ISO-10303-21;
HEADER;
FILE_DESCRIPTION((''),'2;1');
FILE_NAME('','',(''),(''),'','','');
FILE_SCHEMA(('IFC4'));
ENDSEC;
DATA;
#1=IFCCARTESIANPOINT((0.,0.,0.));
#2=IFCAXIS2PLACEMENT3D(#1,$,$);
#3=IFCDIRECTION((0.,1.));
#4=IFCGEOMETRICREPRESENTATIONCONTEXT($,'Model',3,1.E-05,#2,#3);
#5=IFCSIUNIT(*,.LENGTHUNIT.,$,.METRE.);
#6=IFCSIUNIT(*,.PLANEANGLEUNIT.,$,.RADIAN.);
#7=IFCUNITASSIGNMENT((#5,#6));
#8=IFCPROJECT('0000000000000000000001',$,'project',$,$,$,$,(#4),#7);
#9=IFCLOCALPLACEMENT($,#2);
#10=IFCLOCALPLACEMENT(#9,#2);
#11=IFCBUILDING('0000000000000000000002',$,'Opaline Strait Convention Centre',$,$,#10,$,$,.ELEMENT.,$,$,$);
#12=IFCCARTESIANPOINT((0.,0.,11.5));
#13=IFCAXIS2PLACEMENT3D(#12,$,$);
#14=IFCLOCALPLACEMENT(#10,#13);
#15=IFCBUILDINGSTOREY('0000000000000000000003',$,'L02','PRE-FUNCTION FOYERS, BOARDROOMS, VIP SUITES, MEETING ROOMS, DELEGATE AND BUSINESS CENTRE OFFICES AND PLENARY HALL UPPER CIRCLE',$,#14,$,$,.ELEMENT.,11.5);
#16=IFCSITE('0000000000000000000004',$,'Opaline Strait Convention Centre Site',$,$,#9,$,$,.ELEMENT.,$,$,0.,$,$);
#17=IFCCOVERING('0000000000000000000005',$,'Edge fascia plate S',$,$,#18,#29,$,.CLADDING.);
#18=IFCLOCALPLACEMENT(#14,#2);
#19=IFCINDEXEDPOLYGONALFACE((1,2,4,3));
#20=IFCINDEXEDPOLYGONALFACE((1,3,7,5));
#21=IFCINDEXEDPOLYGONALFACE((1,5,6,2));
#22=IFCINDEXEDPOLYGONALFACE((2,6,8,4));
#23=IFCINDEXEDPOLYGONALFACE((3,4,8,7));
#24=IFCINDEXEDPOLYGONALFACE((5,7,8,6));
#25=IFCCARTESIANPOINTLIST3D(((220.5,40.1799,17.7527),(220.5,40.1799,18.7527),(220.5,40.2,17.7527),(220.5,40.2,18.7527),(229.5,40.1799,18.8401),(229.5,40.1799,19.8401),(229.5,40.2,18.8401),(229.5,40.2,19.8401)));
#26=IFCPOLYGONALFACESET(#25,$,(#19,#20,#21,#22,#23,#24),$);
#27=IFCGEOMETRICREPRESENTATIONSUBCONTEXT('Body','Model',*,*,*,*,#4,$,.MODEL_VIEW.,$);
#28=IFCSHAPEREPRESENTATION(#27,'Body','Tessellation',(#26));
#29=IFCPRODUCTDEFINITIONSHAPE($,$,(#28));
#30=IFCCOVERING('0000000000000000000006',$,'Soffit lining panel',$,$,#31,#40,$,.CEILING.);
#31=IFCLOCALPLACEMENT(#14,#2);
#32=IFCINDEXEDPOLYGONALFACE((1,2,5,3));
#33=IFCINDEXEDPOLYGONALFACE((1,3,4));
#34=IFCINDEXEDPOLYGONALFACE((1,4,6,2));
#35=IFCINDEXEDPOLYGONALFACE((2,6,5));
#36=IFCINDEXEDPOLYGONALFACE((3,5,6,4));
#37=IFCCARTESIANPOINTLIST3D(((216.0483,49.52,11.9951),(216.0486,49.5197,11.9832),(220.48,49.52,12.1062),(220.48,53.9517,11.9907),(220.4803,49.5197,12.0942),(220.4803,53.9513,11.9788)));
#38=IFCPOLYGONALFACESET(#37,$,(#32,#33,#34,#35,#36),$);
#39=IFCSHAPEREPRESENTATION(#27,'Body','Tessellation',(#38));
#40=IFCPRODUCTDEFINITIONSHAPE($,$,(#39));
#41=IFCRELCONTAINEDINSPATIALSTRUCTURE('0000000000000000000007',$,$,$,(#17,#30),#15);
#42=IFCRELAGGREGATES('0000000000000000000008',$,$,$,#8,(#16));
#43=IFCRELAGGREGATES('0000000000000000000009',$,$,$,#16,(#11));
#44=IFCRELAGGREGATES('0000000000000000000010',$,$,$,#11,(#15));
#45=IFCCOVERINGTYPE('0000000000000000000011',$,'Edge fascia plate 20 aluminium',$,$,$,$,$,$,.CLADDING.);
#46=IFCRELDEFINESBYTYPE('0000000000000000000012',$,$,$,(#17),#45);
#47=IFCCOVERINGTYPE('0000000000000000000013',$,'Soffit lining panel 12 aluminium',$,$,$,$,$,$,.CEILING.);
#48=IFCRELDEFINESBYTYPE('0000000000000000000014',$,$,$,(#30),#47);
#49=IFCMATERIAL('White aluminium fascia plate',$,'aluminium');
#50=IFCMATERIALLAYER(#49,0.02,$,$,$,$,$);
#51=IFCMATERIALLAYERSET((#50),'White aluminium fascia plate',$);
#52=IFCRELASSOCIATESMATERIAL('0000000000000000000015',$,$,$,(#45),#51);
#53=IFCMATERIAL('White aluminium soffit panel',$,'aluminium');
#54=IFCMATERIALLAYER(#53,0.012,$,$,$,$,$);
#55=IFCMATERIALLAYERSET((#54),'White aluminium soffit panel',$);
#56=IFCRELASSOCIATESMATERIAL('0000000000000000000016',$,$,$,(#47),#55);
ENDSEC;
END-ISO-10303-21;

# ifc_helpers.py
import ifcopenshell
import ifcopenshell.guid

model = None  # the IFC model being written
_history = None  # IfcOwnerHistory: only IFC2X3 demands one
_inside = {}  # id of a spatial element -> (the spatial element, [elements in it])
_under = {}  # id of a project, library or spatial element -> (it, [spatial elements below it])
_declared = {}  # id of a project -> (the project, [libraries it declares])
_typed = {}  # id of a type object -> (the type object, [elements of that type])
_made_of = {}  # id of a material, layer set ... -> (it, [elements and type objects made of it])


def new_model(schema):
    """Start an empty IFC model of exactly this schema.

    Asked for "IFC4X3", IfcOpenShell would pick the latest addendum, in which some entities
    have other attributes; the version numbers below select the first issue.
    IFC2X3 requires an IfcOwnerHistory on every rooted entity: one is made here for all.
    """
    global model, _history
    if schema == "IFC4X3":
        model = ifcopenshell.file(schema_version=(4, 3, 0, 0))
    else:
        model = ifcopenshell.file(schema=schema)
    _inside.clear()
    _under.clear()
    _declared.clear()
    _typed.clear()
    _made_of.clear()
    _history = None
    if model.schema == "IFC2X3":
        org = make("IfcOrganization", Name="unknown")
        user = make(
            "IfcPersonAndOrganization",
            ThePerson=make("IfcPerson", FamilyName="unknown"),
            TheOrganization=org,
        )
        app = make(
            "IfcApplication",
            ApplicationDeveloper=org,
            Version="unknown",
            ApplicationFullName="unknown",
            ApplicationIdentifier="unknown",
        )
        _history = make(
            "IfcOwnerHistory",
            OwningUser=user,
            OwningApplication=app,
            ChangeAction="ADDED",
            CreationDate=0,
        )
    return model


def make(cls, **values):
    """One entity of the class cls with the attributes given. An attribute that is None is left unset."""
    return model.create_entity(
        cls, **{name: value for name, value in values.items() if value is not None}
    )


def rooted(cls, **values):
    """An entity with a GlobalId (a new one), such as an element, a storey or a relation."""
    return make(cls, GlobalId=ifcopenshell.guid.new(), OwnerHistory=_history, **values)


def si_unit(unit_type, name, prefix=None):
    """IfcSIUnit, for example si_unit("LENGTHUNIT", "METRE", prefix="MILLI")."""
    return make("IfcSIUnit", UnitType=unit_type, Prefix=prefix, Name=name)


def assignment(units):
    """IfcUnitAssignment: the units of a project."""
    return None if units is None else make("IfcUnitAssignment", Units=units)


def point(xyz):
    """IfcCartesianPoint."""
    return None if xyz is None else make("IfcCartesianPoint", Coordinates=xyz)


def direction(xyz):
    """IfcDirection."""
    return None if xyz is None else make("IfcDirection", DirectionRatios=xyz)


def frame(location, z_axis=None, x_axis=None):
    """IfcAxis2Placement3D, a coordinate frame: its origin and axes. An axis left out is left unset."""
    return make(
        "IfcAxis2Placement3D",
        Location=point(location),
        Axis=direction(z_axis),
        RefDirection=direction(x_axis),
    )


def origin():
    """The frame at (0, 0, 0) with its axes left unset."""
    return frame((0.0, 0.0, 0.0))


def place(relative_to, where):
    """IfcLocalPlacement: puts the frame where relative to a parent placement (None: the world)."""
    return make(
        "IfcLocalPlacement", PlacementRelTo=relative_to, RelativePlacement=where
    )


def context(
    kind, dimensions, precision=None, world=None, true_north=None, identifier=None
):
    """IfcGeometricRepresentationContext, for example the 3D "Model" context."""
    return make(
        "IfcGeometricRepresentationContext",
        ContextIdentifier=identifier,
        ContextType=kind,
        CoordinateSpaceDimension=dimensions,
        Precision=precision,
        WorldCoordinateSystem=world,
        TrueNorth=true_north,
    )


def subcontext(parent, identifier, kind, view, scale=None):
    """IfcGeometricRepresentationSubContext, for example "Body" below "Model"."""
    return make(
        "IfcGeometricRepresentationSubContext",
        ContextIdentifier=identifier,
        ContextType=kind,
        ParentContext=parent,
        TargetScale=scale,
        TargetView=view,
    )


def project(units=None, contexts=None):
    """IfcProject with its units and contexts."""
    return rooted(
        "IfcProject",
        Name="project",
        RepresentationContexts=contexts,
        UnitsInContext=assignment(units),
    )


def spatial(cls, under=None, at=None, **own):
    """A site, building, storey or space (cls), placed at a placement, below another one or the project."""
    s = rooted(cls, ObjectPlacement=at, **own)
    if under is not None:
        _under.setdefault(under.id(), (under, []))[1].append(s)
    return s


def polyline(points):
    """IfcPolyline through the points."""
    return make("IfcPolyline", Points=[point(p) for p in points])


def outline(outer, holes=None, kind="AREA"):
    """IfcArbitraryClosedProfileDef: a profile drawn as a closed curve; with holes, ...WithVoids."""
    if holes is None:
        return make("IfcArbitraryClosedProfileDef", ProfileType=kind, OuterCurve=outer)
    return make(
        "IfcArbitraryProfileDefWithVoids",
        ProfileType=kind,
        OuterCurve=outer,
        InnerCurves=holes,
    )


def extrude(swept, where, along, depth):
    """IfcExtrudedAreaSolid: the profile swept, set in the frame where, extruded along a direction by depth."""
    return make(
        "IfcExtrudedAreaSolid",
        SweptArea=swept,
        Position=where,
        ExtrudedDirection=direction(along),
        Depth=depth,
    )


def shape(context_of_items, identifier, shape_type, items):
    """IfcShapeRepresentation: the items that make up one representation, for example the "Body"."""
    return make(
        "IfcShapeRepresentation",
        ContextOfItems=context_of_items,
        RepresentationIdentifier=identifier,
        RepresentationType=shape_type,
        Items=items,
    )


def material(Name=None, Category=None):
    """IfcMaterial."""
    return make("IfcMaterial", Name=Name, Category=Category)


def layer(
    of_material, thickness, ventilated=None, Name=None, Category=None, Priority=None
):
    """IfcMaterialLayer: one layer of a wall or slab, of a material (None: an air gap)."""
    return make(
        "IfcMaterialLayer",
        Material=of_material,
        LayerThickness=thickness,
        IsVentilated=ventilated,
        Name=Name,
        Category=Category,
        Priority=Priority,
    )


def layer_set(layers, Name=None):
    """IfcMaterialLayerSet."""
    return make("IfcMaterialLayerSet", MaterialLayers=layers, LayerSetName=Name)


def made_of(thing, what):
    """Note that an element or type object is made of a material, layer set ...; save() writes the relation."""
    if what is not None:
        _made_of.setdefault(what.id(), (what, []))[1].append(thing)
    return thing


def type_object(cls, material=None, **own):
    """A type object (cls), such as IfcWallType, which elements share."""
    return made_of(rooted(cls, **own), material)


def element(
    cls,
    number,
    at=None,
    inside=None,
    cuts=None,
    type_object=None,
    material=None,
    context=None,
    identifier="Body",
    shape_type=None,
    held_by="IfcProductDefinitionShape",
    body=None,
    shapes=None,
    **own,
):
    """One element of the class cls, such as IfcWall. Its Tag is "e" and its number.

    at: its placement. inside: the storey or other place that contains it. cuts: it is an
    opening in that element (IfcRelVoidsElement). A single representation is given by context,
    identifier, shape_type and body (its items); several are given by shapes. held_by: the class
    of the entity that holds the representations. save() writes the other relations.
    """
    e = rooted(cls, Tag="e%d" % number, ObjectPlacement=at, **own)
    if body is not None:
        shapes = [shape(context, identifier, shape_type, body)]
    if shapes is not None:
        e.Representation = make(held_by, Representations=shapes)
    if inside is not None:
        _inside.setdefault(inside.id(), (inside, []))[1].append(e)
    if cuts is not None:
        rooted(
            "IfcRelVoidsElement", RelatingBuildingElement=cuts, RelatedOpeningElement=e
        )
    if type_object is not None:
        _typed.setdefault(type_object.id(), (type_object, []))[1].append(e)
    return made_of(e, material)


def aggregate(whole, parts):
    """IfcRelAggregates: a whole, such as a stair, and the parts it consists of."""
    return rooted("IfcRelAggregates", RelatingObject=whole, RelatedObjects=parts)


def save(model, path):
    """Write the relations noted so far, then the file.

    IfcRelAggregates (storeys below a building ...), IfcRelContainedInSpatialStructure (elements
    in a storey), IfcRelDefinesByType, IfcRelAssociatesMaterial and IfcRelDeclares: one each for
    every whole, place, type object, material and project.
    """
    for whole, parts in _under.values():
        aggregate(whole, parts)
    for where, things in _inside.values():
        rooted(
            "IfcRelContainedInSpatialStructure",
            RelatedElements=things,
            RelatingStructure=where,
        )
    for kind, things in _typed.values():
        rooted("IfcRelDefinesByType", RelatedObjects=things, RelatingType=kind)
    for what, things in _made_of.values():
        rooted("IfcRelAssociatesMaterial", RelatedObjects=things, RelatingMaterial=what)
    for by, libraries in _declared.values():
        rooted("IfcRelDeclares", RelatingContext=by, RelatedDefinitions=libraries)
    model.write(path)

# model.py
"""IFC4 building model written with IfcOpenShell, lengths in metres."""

from ifc_helpers import new_model, si_unit, direction, frame, origin, place, context, subcontext, project, spatial, polyline, outline, extrude, material, layer, layer_set, type_object, element, save


model = new_model("IFC4")

# Units and contexts
model_context = context("Model", 3, precision=1e-05, world=origin(), true_north=direction((0.0, 1.0)))
body_context = subcontext(model_context, "Body", "Model", "MODEL_VIEW")
ifc_project = project(units=[si_unit("LENGTHUNIT", "METRE"), si_unit("PLANEANGLEUNIT", "RADIAN")], contexts=[model_context])

# Site, building, storey
site_placement = place(None, origin())
site = spatial("IfcSite", under=ifc_project, at=site_placement, Name="Opaline Strait Convention Centre Site", CompositionType="ELEMENT", RefElevation=0.0)
building_placement = place(site_placement, origin())
building = spatial("IfcBuilding", under=site, at=building_placement, Name="Opaline Strait Convention Centre", CompositionType="ELEMENT")
storey_placement = place(building_placement, frame((0.0, 0.0, 11.5)))
storey = spatial("IfcBuildingStorey", under=building, at=storey_placement, Name="L02", Description="PRE-FUNCTION FOYERS, BOARDROOMS, VIP SUITES, MEETING ROOMS, DELEGATE AND BUSINESS CENTRE OFFICES AND PLENARY HALL UPPER CIRCLE", CompositionType="ELEMENT", Elevation=11.5)

# Coverings
ifc_material_1 = material(Name="White aluminium fascia plate", Category="aluminium")
ifc_layer_1 = layer(ifc_material_1, 0.02)
ifc_layer_set_1 = layer_set([ifc_layer_1], Name="White aluminium fascia plate")
covering_type_1 = type_object("IfcCoveringType", Name="Edge fascia plate 20 aluminium", PredefinedType="CLADDING", material=ifc_layer_set_1)
covering_1_placement = place(storey_placement, frame((225.0, 40.2, 18.7964), z_axis=(0.0, -1.0, 0.0), x_axis=(1.0, 0.0, 0.0)))
element("IfcCovering", 1, at=covering_1_placement, inside=storey, type_object=covering_type_1, Name="Edge fascia plate S", PredefinedType="CLADDING", context=body_context, shape_type="SweptSolid", body=[
    extrude(outline(polyline([(-4.5, -0.0437), (4.5, 1.0437), (4.5, 0.0437), (-4.5, -1.0437), (-4.5, -0.0437)])), origin(), (0.0, 0.0, 1.0), 0.02),
])
ifc_material_2 = material(Name="White aluminium soffit panel", Category="aluminium")
ifc_layer_2 = layer(ifc_material_2, 0.012)
ifc_layer_set_2 = layer_set([ifc_layer_2], Name="White aluminium soffit panel")
covering_type_2 = type_object("IfcCoveringType", Name="Soffit lining panel 12 aluminium", PredefinedType="CEILING", material=ifc_layer_set_2)
covering_2_placement = place(storey_placement, frame((216.0483, 49.52, 11.9951), z_axis=(-0.02505, 0.026041, 0.999347), x_axis=(0.707107, 0.707107, -0.000701)))
element("IfcCovering", 2, at=covering_2_placement, inside=storey, type_object=covering_type_2, Name="Soffit lining panel", PredefinedType="CEILING", context=body_context, shape_type="SweptSolid", body=[
    extrude(outline(polyline([(0.0, 0.0), (6.2673, 0.0), (3.1336, -3.1357), (0.0, 0.0)])), origin(), (0.0, 0.0, -1.0), 0.012),
])

save(model, "model.ifc")
